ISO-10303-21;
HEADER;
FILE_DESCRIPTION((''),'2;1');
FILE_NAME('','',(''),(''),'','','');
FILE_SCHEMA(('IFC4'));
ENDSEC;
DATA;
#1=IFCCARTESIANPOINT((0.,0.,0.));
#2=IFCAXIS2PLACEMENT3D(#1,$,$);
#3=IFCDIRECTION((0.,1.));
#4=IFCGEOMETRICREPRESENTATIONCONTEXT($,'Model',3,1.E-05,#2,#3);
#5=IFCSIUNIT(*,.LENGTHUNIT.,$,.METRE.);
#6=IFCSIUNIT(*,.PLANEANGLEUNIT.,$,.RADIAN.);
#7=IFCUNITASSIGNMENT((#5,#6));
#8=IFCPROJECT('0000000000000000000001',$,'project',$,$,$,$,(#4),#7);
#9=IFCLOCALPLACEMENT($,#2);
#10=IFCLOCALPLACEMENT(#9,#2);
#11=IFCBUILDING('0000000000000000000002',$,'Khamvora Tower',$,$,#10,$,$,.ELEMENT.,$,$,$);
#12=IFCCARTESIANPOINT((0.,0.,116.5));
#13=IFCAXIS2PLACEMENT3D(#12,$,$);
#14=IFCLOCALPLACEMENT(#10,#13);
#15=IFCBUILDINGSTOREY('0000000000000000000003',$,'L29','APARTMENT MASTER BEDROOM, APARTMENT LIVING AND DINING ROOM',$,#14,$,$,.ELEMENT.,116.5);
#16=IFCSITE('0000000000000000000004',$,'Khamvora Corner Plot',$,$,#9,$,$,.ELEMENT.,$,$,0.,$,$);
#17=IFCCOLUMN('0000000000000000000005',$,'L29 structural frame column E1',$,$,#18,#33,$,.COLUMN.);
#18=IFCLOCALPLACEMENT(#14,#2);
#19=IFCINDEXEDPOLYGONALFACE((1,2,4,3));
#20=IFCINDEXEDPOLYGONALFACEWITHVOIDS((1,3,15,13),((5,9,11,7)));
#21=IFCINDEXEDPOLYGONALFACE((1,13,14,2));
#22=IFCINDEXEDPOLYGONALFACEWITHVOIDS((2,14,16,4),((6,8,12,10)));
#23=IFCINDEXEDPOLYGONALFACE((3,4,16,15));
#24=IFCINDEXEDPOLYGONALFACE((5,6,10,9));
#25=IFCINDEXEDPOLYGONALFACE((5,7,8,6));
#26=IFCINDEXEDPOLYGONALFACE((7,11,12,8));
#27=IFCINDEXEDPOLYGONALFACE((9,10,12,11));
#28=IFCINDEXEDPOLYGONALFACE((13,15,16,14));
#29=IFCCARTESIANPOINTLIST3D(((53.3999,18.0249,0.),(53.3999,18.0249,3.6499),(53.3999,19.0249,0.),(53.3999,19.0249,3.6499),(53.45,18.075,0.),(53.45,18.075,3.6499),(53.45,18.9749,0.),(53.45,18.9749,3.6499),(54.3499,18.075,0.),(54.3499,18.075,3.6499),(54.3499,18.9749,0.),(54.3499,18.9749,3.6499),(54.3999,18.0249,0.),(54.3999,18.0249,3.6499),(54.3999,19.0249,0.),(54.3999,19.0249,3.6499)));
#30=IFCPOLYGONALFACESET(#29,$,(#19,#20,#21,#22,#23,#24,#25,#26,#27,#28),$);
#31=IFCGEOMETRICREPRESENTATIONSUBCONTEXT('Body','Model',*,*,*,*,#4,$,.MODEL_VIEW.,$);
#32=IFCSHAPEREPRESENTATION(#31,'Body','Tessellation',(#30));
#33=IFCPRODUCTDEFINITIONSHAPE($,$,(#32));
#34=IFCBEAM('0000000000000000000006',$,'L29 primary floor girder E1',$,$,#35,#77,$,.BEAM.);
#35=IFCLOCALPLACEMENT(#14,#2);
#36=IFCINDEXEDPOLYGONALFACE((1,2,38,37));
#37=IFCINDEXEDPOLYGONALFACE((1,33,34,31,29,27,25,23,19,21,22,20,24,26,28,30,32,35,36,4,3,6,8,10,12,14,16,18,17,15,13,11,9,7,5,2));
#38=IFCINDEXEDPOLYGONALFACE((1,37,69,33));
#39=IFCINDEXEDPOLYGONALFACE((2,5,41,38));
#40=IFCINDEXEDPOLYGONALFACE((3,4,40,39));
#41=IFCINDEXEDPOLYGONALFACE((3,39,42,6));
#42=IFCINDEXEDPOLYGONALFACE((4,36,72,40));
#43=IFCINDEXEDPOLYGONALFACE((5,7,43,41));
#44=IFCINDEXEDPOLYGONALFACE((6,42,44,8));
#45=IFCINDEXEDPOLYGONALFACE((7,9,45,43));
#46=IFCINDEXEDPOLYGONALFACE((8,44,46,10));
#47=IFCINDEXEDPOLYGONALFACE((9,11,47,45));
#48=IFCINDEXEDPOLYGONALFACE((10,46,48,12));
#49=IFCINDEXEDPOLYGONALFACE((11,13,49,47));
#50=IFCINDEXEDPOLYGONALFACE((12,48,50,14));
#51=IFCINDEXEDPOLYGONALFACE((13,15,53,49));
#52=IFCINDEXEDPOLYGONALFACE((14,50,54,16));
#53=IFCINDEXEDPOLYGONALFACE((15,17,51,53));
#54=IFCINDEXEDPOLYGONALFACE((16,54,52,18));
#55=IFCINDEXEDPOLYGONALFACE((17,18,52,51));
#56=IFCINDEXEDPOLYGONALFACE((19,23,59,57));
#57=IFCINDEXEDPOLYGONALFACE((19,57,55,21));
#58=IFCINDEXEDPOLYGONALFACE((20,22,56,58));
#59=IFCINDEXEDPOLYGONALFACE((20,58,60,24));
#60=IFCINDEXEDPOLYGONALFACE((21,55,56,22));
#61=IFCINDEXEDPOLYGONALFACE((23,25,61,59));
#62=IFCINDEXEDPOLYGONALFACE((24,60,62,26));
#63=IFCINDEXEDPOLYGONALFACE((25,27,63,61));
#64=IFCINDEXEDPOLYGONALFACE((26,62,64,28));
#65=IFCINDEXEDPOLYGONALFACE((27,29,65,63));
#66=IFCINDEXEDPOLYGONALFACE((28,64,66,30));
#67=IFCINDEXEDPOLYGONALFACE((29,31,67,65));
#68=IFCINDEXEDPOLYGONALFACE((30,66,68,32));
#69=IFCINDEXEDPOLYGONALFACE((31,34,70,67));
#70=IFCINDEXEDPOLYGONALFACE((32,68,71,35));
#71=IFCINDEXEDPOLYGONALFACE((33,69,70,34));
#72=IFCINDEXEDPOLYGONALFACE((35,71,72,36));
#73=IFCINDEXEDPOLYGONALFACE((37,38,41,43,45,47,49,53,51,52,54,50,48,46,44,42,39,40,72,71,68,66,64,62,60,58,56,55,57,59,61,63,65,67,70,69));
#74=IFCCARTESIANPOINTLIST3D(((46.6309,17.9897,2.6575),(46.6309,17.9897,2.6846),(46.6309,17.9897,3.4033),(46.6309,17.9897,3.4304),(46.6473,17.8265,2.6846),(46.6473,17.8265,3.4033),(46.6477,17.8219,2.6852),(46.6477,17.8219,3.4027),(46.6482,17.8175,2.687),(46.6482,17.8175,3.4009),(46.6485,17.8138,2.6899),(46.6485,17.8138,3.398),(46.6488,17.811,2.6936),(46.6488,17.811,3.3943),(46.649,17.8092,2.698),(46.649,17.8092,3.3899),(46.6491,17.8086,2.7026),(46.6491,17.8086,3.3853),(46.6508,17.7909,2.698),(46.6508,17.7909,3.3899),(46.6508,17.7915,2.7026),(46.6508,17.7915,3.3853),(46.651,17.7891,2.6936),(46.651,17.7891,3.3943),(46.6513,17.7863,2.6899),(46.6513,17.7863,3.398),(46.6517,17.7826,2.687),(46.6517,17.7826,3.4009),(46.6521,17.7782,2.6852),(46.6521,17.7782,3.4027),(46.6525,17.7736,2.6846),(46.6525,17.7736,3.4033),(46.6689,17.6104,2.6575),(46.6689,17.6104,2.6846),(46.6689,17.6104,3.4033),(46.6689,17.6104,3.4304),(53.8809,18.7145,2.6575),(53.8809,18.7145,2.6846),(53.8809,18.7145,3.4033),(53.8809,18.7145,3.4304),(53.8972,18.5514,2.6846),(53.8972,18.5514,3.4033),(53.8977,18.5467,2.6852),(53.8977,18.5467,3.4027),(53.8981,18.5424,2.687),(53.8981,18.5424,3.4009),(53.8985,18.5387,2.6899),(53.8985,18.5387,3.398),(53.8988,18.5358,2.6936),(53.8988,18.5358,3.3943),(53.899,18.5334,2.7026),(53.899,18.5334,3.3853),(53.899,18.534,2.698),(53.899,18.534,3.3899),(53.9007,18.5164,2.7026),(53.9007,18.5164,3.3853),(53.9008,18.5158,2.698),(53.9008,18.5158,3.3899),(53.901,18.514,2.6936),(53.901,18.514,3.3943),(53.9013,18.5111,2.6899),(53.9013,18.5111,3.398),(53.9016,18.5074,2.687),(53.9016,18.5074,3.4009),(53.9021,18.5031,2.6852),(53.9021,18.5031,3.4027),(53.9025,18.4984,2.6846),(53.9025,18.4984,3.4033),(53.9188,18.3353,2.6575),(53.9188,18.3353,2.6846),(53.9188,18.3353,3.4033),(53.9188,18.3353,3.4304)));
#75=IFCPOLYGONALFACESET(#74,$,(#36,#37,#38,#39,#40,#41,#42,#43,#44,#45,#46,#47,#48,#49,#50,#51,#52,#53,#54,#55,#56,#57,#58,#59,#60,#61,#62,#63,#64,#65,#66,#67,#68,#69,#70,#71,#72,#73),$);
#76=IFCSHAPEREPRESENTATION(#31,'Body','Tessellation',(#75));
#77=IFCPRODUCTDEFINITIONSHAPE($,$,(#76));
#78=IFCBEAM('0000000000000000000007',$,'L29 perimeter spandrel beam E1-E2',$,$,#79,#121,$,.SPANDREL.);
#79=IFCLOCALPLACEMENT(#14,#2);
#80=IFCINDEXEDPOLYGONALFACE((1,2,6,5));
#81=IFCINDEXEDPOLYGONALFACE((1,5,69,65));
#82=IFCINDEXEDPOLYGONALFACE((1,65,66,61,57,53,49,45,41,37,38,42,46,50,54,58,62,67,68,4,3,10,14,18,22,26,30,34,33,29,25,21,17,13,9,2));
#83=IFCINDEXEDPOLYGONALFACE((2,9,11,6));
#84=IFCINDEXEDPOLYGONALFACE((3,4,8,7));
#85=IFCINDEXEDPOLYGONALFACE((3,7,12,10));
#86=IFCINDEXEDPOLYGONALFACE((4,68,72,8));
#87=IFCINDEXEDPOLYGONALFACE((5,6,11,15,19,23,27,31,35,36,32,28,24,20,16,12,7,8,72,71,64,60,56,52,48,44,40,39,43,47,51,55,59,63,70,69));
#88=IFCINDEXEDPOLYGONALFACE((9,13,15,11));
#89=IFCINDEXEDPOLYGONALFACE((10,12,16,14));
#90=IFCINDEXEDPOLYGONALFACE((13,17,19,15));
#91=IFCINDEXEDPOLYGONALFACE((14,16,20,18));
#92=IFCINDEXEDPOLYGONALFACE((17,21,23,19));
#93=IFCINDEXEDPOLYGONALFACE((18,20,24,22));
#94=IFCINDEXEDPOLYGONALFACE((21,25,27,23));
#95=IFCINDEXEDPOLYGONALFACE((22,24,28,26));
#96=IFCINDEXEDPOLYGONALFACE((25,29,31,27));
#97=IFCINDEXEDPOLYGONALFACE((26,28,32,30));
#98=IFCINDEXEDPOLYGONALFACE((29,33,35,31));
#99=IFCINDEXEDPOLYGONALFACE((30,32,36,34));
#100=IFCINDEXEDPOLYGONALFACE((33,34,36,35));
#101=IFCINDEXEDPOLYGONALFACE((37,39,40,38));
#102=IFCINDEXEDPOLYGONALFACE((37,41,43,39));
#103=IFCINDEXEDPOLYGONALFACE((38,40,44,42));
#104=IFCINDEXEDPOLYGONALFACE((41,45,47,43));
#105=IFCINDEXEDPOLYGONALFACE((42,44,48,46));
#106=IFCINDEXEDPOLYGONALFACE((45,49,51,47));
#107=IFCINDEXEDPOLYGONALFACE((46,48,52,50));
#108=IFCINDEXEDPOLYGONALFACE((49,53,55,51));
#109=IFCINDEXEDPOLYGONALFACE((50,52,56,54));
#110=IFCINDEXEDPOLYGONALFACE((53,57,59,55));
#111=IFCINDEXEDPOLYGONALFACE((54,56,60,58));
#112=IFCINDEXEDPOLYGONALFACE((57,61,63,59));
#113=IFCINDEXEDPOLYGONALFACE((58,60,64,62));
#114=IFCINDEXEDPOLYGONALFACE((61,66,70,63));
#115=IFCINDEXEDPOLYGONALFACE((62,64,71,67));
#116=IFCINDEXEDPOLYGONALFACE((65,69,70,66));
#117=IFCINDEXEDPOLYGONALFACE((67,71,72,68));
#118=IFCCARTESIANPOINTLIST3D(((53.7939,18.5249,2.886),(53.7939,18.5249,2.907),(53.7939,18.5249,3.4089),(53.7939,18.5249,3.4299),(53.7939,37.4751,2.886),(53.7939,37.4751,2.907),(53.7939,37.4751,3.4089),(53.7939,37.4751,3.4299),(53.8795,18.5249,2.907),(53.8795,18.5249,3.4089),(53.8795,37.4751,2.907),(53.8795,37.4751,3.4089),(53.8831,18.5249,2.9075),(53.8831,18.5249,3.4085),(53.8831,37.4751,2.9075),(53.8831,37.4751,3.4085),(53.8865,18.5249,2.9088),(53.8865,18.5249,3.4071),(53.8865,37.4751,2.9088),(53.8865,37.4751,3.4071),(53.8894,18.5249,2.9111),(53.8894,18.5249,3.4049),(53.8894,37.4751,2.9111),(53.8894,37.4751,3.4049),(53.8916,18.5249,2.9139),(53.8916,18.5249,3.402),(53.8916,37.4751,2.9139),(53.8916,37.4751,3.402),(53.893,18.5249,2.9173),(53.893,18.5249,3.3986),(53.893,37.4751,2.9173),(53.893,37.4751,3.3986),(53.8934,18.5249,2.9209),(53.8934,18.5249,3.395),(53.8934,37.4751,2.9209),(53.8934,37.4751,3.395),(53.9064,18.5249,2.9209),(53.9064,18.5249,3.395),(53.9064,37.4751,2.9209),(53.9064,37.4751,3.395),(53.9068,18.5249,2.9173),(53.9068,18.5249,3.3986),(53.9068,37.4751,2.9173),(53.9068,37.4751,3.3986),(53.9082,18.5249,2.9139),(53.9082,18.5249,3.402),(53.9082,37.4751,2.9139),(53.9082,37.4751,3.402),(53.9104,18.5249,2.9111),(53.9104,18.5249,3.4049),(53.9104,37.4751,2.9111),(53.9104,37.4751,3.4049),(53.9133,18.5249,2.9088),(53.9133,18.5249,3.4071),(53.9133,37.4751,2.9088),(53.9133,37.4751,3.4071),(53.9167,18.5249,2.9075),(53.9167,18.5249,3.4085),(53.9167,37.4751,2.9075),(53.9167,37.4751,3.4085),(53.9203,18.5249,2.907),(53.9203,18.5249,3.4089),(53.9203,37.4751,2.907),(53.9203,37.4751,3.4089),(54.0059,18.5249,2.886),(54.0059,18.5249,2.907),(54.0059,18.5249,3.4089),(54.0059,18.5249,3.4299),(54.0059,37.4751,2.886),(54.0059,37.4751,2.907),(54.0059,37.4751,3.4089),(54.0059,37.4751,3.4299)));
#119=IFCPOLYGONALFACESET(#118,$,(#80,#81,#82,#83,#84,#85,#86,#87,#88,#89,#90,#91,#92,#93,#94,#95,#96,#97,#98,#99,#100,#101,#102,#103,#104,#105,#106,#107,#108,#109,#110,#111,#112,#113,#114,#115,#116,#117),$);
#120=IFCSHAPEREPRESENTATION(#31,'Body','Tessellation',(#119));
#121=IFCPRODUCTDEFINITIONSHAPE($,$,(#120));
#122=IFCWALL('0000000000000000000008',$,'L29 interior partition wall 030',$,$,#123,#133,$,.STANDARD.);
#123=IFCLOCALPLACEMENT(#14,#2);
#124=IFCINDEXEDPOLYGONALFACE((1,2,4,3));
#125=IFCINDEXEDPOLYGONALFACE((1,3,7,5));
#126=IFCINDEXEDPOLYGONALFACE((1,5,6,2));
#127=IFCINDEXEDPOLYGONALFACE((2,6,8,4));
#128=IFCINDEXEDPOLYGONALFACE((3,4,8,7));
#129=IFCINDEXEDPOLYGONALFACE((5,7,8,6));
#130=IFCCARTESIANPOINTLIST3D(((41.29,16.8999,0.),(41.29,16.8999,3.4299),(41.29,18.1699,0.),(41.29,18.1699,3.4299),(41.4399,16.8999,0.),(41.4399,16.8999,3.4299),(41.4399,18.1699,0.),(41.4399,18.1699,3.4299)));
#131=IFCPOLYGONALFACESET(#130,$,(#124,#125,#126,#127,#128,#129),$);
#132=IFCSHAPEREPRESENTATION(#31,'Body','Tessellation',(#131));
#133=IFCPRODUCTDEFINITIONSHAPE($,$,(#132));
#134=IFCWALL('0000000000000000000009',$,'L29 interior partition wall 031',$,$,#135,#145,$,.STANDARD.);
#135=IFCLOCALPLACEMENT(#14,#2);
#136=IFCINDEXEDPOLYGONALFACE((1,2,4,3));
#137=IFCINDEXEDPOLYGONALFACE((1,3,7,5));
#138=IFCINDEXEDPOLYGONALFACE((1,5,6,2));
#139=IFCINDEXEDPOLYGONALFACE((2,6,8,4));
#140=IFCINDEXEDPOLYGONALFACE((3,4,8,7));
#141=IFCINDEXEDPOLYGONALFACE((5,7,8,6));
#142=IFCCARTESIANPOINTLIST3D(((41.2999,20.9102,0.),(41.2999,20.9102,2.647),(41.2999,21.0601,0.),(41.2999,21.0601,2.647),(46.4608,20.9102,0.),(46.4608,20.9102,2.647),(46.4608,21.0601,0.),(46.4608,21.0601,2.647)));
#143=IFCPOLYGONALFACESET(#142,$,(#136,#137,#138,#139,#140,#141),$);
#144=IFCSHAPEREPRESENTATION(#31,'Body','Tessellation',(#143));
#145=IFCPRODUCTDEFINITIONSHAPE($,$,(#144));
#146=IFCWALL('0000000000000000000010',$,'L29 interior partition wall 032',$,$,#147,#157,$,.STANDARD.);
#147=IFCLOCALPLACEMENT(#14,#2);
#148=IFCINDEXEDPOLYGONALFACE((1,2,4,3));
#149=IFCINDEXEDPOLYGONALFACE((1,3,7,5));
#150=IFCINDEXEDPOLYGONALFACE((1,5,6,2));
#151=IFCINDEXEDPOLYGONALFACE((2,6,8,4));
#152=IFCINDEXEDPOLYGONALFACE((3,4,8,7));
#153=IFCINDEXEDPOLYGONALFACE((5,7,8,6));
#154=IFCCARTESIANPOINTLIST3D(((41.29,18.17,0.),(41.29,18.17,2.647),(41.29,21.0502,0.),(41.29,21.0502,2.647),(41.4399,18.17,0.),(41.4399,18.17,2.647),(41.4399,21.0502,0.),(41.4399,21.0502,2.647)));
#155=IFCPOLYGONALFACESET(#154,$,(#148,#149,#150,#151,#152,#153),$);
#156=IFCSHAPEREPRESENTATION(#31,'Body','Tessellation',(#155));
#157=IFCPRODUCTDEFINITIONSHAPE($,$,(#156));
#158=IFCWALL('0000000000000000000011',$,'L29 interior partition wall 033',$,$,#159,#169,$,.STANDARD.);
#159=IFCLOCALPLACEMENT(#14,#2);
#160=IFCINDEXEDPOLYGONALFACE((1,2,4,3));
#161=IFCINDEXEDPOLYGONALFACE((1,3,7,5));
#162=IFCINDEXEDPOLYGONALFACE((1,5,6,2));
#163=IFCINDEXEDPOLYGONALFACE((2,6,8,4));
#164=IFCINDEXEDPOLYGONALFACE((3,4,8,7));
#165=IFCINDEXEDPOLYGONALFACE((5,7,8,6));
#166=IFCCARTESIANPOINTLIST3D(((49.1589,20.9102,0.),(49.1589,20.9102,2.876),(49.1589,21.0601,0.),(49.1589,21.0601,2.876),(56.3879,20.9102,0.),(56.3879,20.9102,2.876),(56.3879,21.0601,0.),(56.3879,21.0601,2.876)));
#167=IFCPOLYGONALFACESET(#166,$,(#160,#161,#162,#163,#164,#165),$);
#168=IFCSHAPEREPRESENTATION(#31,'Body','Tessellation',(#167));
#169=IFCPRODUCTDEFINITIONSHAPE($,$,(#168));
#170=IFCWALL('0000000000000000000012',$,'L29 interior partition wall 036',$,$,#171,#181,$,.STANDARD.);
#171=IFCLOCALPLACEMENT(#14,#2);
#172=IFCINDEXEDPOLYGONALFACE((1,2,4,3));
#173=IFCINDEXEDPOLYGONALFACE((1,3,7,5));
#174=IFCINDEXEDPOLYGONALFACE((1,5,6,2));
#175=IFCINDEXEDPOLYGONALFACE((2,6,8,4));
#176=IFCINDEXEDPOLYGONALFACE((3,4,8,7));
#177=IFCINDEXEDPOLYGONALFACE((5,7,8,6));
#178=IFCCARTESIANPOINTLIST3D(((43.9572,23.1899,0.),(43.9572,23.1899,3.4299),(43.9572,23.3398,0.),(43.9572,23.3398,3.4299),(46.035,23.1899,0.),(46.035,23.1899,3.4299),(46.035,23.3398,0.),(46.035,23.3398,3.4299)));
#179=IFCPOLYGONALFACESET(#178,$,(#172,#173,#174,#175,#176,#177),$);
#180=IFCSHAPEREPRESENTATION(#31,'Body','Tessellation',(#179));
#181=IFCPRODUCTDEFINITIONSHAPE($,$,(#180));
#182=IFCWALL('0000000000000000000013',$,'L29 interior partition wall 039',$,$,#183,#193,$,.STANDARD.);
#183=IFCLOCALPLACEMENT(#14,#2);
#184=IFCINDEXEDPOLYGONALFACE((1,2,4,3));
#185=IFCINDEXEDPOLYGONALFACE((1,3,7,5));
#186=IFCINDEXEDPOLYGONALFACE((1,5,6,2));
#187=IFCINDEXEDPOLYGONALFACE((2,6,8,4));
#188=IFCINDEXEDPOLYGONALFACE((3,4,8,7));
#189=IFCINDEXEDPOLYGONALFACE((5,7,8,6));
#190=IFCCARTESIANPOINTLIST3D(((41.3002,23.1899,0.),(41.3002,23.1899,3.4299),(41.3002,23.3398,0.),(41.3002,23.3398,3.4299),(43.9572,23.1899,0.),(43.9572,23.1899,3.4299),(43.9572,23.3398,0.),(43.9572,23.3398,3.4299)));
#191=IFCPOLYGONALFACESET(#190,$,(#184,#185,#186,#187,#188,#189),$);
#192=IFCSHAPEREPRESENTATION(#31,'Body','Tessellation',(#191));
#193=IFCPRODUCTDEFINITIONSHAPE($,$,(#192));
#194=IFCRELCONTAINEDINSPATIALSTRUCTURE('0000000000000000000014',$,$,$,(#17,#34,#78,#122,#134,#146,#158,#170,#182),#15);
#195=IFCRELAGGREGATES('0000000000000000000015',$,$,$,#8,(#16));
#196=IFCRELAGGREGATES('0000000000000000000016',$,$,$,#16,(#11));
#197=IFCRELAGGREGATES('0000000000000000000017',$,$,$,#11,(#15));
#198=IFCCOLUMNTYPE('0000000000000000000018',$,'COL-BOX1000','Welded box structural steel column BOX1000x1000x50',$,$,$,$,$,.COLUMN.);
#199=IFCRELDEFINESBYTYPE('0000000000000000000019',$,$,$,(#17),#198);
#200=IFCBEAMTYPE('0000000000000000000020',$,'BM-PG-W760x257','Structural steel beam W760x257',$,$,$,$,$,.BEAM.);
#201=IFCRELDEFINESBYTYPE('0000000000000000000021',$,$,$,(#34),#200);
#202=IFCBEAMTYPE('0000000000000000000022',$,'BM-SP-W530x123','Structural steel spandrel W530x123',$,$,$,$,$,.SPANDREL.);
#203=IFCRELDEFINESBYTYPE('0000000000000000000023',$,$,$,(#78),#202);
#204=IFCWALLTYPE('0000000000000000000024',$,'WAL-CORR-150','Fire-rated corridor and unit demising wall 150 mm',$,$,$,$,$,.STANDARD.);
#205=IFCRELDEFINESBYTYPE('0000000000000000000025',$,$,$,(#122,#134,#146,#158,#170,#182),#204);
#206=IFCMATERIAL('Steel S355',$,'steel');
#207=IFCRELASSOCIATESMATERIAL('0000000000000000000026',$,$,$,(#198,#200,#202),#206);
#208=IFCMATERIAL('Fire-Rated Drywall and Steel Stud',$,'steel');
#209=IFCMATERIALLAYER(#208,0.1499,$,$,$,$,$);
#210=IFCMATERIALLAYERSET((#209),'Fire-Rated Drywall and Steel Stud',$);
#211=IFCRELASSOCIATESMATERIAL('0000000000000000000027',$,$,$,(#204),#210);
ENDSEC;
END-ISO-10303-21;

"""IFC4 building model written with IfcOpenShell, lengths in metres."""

from ifc_helpers import new_model, si_unit, direction, frame, frame_2d, origin, origin_2d, place, context, subcontext, project, spatial, rectangle, hollow_rectangle, i_section, extrude, material, layer, layer_set, material_profile, profile_set, type_object, element, save


model = new_model("IFC4")

# Units and contexts
model_context = context("Model", 3, precision=1e-05, world=origin(), true_north=direction((0.0, 1.0)))
body_context = subcontext(model_context, "Body", "Model", "MODEL_VIEW")
ifc_project = project(units=[si_unit("LENGTHUNIT", "METRE"), si_unit("PLANEANGLEUNIT", "RADIAN")], contexts=[model_context])

# Site, building, storey
site_placement = place(None, origin())
site = spatial("IfcSite", under=ifc_project, at=site_placement, Name="Khamvora Corner Plot", CompositionType="ELEMENT", RefElevation=0.0)
building_placement = place(site_placement, origin())
building = spatial("IfcBuilding", under=site, at=building_placement, Name="Khamvora Tower", CompositionType="ELEMENT")
storey_placement = place(building_placement, frame((0.0, 0.0, 116.5)))
storey = spatial("IfcBuildingStorey", under=building, at=storey_placement, Name="L29", Description="APARTMENT MASTER BEDROOM, APARTMENT LIVING AND DINING ROOM", CompositionType="ELEMENT", Elevation=116.5)

# Column
ifc_material_1 = material(Name="Steel S355", Category="steel")
ifc_material_profile_1 = material_profile(ifc_material_1, hollow_rectangle(XDim=1.0, YDim=1.0, WallThickness=0.05, at=origin_2d()), Name="BOX1000x1000x50")
ifc_profile_set_1 = profile_set([ifc_material_profile_1], Name="Steel S355")
column_type = type_object("IfcColumnType", Name="COL-BOX1000", Description="Welded box structural steel column BOX1000x1000x50", PredefinedType="COLUMN", material=ifc_profile_set_1)
column_placement = place(storey_placement, frame((53.8999, 18.5249, 0.0), z_axis=(0.0, 0.0, 1.0), x_axis=(1.0, 0.0, 0.0)))
element("IfcColumn", 1, at=column_placement, inside=storey, type_object=column_type, Name="L29 structural frame column E1", PredefinedType="COLUMN", context=body_context, shape_type="SweptSolid", body=[
    extrude(hollow_rectangle(XDim=1.0, YDim=1.0, WallThickness=0.05, at=origin_2d()), origin(), (0.0, 0.0, 1.0), 3.6499),
])

# Beams
ifc_material_profile_2 = material_profile(ifc_material_1, i_section(OverallWidth=0.3811, OverallDepth=0.7729, WebThickness=0.0171, FlangeThickness=0.0271, FilletRadius=0.0181, at=origin_2d()), Name="W760x257")
ifc_profile_set_2 = profile_set([ifc_material_profile_2], Name="Steel S355")
beam_type_1 = type_object("IfcBeamType", Name="BM-PG-W760x257", Description="Structural steel beam W760x257", PredefinedType="BEAM", material=ifc_profile_set_2)
beam_1_placement = place(storey_placement, frame((46.6499, 17.8, 3.0439), z_axis=(0.995039, 0.099484, 0.0), x_axis=(-0.099484, 0.995039, 0.0)))
element("IfcBeam", 2, at=beam_1_placement, inside=storey, type_object=beam_type_1, Name="L29 primary floor girder E1", PredefinedType="BEAM", context=body_context, shape_type="SweptSolid", body=[
    extrude(i_section(OverallWidth=0.3811, OverallDepth=0.7729, WebThickness=0.0171, FlangeThickness=0.0271, FilletRadius=0.0181, at=origin_2d()), origin(), (0.0, 0.0, 1.0), 7.2861),
])
ifc_material_profile_3 = material_profile(ifc_material_1, i_section(OverallWidth=0.2119, OverallDepth=0.5439, WebThickness=0.0129, FlangeThickness=0.021, FilletRadius=0.0139, at=origin_2d()), Name="W530x123")
ifc_profile_set_3 = profile_set([ifc_material_profile_3], Name="Steel S355")
beam_type_2 = type_object("IfcBeamType", Name="BM-SP-W530x123", Description="Structural steel spandrel W530x123", PredefinedType="SPANDREL", material=ifc_profile_set_3)
beam_2_placement = place(storey_placement, frame((53.8999, 18.5249, 3.158), z_axis=(0.0, 1.0, 0.0), x_axis=(-1.0, 0.0, 0.0)))
element("IfcBeam", 3, at=beam_2_placement, inside=storey, type_object=beam_type_2, Name="L29 perimeter spandrel beam E1-E2", PredefinedType="SPANDREL", context=body_context, shape_type="SweptSolid", body=[
    extrude(i_section(OverallWidth=0.2119, OverallDepth=0.5439, WebThickness=0.0129, FlangeThickness=0.021, FilletRadius=0.0139, at=origin_2d()), origin(), (0.0, 0.0, 1.0), 18.9502),
])

# Shared definitions
ifc_material_2 = material(Name="Fire-Rated Drywall and Steel Stud", Category="steel")
ifc_layer_1 = layer(ifc_material_2, 0.1499)
ifc_layer_set_1 = layer_set([ifc_layer_1], Name="Fire-Rated Drywall and Steel Stud")
wall_type_1 = type_object("IfcWallType", Name="WAL-CORR-150", Description="Fire-rated corridor and unit demising wall 150 mm", PredefinedType="STANDARD", material=ifc_layer_set_1)

# Walls
wall_1_placement = place(storey_placement, frame((41.365, 18.1699, 0.0), z_axis=(0.0, 0.0, 1.0), x_axis=(0.0, -1.0, 0.0)))
element("IfcWall", 4, at=wall_1_placement, inside=storey, type_object=wall_type_1, Name="L29 interior partition wall 030", PredefinedType="STANDARD", context=body_context, shape_type="SweptSolid", body=[
    extrude(rectangle(XDim=1.27, YDim=0.1499, at=frame_2d((0.635, 0.0))), origin(), (0.0, 0.0, 1.0), 3.4299),
])
wall_2_placement = place(storey_placement, frame((46.4609, 20.9851, 0.0), z_axis=(0.0, 0.0, 1.0), x_axis=(-1.0, 0.0, 0.0)))
element("IfcWall", 5, at=wall_2_placement, inside=storey, type_object=wall_type_1, Name="L29 interior partition wall 031", PredefinedType="STANDARD", context=body_context, shape_type="SweptSolid", body=[
    extrude(rectangle(XDim=5.1609, YDim=0.1499, at=frame_2d((2.5806, 0.0))), origin(), (0.0, 0.0, 1.0), 2.647),
])
wall_3_placement = place(storey_placement, frame((41.365, 21.05, 0.0), z_axis=(0.0, 0.0, 1.0), x_axis=(0.0, -1.0, 0.0)))
element("IfcWall", 6, at=wall_3_placement, inside=storey, type_object=wall_type_1, Name="L29 interior partition wall 032", PredefinedType="STANDARD", context=body_context, shape_type="SweptSolid", body=[
    extrude(rectangle(XDim=2.8801, YDim=0.1499, at=frame_2d((1.4399, 0.0))), origin(), (0.0, 0.0, 1.0), 2.647),
])
wall_4_placement = place(storey_placement, frame((56.3879, 20.9851, 0.0), z_axis=(0.0, 0.0, 1.0), x_axis=(-1.0, 0.0, 0.0)))
element("IfcWall", 7, at=wall_4_placement, inside=storey, type_object=wall_type_1, Name="L29 interior partition wall 033", PredefinedType="STANDARD", context=body_context, shape_type="SweptSolid", body=[
    extrude(rectangle(XDim=7.229, YDim=0.1499, at=frame_2d((3.6145, 0.0))), origin(), (0.0, 0.0, 1.0), 2.876),
])
wall_5_placement = place(storey_placement, frame((43.957, 23.2649, 0.0), z_axis=(0.0, 0.0, 1.0), x_axis=(1.0, 0.0, 0.0)))
element("IfcWall", 8, at=wall_5_placement, inside=storey, type_object=wall_type_1, Name="L29 interior partition wall 036", PredefinedType="STANDARD", context=body_context, shape_type="SweptSolid", body=[
    extrude(rectangle(XDim=2.0779, YDim=0.1499, at=frame_2d((1.0391, 0.0))), origin(), (0.0, 0.0, 1.0), 3.4299),
])
wall_6_placement = place(storey_placement, frame((41.3, 23.2649, 0.0), z_axis=(0.0, 0.0, 1.0), x_axis=(1.0, 0.0, 0.0)))
element("IfcWall", 9, at=wall_6_placement, inside=storey, type_object=wall_type_1, Name="L29 interior partition wall 039", PredefinedType="STANDARD", context=body_context, shape_type="SweptSolid", body=[
    extrude(rectangle(XDim=2.657, YDim=0.1499, at=frame_2d((1.3286, 0.0))), origin(), (0.0, 0.0, 1.0), 3.4299),
])

save(model, "model.ifc")
